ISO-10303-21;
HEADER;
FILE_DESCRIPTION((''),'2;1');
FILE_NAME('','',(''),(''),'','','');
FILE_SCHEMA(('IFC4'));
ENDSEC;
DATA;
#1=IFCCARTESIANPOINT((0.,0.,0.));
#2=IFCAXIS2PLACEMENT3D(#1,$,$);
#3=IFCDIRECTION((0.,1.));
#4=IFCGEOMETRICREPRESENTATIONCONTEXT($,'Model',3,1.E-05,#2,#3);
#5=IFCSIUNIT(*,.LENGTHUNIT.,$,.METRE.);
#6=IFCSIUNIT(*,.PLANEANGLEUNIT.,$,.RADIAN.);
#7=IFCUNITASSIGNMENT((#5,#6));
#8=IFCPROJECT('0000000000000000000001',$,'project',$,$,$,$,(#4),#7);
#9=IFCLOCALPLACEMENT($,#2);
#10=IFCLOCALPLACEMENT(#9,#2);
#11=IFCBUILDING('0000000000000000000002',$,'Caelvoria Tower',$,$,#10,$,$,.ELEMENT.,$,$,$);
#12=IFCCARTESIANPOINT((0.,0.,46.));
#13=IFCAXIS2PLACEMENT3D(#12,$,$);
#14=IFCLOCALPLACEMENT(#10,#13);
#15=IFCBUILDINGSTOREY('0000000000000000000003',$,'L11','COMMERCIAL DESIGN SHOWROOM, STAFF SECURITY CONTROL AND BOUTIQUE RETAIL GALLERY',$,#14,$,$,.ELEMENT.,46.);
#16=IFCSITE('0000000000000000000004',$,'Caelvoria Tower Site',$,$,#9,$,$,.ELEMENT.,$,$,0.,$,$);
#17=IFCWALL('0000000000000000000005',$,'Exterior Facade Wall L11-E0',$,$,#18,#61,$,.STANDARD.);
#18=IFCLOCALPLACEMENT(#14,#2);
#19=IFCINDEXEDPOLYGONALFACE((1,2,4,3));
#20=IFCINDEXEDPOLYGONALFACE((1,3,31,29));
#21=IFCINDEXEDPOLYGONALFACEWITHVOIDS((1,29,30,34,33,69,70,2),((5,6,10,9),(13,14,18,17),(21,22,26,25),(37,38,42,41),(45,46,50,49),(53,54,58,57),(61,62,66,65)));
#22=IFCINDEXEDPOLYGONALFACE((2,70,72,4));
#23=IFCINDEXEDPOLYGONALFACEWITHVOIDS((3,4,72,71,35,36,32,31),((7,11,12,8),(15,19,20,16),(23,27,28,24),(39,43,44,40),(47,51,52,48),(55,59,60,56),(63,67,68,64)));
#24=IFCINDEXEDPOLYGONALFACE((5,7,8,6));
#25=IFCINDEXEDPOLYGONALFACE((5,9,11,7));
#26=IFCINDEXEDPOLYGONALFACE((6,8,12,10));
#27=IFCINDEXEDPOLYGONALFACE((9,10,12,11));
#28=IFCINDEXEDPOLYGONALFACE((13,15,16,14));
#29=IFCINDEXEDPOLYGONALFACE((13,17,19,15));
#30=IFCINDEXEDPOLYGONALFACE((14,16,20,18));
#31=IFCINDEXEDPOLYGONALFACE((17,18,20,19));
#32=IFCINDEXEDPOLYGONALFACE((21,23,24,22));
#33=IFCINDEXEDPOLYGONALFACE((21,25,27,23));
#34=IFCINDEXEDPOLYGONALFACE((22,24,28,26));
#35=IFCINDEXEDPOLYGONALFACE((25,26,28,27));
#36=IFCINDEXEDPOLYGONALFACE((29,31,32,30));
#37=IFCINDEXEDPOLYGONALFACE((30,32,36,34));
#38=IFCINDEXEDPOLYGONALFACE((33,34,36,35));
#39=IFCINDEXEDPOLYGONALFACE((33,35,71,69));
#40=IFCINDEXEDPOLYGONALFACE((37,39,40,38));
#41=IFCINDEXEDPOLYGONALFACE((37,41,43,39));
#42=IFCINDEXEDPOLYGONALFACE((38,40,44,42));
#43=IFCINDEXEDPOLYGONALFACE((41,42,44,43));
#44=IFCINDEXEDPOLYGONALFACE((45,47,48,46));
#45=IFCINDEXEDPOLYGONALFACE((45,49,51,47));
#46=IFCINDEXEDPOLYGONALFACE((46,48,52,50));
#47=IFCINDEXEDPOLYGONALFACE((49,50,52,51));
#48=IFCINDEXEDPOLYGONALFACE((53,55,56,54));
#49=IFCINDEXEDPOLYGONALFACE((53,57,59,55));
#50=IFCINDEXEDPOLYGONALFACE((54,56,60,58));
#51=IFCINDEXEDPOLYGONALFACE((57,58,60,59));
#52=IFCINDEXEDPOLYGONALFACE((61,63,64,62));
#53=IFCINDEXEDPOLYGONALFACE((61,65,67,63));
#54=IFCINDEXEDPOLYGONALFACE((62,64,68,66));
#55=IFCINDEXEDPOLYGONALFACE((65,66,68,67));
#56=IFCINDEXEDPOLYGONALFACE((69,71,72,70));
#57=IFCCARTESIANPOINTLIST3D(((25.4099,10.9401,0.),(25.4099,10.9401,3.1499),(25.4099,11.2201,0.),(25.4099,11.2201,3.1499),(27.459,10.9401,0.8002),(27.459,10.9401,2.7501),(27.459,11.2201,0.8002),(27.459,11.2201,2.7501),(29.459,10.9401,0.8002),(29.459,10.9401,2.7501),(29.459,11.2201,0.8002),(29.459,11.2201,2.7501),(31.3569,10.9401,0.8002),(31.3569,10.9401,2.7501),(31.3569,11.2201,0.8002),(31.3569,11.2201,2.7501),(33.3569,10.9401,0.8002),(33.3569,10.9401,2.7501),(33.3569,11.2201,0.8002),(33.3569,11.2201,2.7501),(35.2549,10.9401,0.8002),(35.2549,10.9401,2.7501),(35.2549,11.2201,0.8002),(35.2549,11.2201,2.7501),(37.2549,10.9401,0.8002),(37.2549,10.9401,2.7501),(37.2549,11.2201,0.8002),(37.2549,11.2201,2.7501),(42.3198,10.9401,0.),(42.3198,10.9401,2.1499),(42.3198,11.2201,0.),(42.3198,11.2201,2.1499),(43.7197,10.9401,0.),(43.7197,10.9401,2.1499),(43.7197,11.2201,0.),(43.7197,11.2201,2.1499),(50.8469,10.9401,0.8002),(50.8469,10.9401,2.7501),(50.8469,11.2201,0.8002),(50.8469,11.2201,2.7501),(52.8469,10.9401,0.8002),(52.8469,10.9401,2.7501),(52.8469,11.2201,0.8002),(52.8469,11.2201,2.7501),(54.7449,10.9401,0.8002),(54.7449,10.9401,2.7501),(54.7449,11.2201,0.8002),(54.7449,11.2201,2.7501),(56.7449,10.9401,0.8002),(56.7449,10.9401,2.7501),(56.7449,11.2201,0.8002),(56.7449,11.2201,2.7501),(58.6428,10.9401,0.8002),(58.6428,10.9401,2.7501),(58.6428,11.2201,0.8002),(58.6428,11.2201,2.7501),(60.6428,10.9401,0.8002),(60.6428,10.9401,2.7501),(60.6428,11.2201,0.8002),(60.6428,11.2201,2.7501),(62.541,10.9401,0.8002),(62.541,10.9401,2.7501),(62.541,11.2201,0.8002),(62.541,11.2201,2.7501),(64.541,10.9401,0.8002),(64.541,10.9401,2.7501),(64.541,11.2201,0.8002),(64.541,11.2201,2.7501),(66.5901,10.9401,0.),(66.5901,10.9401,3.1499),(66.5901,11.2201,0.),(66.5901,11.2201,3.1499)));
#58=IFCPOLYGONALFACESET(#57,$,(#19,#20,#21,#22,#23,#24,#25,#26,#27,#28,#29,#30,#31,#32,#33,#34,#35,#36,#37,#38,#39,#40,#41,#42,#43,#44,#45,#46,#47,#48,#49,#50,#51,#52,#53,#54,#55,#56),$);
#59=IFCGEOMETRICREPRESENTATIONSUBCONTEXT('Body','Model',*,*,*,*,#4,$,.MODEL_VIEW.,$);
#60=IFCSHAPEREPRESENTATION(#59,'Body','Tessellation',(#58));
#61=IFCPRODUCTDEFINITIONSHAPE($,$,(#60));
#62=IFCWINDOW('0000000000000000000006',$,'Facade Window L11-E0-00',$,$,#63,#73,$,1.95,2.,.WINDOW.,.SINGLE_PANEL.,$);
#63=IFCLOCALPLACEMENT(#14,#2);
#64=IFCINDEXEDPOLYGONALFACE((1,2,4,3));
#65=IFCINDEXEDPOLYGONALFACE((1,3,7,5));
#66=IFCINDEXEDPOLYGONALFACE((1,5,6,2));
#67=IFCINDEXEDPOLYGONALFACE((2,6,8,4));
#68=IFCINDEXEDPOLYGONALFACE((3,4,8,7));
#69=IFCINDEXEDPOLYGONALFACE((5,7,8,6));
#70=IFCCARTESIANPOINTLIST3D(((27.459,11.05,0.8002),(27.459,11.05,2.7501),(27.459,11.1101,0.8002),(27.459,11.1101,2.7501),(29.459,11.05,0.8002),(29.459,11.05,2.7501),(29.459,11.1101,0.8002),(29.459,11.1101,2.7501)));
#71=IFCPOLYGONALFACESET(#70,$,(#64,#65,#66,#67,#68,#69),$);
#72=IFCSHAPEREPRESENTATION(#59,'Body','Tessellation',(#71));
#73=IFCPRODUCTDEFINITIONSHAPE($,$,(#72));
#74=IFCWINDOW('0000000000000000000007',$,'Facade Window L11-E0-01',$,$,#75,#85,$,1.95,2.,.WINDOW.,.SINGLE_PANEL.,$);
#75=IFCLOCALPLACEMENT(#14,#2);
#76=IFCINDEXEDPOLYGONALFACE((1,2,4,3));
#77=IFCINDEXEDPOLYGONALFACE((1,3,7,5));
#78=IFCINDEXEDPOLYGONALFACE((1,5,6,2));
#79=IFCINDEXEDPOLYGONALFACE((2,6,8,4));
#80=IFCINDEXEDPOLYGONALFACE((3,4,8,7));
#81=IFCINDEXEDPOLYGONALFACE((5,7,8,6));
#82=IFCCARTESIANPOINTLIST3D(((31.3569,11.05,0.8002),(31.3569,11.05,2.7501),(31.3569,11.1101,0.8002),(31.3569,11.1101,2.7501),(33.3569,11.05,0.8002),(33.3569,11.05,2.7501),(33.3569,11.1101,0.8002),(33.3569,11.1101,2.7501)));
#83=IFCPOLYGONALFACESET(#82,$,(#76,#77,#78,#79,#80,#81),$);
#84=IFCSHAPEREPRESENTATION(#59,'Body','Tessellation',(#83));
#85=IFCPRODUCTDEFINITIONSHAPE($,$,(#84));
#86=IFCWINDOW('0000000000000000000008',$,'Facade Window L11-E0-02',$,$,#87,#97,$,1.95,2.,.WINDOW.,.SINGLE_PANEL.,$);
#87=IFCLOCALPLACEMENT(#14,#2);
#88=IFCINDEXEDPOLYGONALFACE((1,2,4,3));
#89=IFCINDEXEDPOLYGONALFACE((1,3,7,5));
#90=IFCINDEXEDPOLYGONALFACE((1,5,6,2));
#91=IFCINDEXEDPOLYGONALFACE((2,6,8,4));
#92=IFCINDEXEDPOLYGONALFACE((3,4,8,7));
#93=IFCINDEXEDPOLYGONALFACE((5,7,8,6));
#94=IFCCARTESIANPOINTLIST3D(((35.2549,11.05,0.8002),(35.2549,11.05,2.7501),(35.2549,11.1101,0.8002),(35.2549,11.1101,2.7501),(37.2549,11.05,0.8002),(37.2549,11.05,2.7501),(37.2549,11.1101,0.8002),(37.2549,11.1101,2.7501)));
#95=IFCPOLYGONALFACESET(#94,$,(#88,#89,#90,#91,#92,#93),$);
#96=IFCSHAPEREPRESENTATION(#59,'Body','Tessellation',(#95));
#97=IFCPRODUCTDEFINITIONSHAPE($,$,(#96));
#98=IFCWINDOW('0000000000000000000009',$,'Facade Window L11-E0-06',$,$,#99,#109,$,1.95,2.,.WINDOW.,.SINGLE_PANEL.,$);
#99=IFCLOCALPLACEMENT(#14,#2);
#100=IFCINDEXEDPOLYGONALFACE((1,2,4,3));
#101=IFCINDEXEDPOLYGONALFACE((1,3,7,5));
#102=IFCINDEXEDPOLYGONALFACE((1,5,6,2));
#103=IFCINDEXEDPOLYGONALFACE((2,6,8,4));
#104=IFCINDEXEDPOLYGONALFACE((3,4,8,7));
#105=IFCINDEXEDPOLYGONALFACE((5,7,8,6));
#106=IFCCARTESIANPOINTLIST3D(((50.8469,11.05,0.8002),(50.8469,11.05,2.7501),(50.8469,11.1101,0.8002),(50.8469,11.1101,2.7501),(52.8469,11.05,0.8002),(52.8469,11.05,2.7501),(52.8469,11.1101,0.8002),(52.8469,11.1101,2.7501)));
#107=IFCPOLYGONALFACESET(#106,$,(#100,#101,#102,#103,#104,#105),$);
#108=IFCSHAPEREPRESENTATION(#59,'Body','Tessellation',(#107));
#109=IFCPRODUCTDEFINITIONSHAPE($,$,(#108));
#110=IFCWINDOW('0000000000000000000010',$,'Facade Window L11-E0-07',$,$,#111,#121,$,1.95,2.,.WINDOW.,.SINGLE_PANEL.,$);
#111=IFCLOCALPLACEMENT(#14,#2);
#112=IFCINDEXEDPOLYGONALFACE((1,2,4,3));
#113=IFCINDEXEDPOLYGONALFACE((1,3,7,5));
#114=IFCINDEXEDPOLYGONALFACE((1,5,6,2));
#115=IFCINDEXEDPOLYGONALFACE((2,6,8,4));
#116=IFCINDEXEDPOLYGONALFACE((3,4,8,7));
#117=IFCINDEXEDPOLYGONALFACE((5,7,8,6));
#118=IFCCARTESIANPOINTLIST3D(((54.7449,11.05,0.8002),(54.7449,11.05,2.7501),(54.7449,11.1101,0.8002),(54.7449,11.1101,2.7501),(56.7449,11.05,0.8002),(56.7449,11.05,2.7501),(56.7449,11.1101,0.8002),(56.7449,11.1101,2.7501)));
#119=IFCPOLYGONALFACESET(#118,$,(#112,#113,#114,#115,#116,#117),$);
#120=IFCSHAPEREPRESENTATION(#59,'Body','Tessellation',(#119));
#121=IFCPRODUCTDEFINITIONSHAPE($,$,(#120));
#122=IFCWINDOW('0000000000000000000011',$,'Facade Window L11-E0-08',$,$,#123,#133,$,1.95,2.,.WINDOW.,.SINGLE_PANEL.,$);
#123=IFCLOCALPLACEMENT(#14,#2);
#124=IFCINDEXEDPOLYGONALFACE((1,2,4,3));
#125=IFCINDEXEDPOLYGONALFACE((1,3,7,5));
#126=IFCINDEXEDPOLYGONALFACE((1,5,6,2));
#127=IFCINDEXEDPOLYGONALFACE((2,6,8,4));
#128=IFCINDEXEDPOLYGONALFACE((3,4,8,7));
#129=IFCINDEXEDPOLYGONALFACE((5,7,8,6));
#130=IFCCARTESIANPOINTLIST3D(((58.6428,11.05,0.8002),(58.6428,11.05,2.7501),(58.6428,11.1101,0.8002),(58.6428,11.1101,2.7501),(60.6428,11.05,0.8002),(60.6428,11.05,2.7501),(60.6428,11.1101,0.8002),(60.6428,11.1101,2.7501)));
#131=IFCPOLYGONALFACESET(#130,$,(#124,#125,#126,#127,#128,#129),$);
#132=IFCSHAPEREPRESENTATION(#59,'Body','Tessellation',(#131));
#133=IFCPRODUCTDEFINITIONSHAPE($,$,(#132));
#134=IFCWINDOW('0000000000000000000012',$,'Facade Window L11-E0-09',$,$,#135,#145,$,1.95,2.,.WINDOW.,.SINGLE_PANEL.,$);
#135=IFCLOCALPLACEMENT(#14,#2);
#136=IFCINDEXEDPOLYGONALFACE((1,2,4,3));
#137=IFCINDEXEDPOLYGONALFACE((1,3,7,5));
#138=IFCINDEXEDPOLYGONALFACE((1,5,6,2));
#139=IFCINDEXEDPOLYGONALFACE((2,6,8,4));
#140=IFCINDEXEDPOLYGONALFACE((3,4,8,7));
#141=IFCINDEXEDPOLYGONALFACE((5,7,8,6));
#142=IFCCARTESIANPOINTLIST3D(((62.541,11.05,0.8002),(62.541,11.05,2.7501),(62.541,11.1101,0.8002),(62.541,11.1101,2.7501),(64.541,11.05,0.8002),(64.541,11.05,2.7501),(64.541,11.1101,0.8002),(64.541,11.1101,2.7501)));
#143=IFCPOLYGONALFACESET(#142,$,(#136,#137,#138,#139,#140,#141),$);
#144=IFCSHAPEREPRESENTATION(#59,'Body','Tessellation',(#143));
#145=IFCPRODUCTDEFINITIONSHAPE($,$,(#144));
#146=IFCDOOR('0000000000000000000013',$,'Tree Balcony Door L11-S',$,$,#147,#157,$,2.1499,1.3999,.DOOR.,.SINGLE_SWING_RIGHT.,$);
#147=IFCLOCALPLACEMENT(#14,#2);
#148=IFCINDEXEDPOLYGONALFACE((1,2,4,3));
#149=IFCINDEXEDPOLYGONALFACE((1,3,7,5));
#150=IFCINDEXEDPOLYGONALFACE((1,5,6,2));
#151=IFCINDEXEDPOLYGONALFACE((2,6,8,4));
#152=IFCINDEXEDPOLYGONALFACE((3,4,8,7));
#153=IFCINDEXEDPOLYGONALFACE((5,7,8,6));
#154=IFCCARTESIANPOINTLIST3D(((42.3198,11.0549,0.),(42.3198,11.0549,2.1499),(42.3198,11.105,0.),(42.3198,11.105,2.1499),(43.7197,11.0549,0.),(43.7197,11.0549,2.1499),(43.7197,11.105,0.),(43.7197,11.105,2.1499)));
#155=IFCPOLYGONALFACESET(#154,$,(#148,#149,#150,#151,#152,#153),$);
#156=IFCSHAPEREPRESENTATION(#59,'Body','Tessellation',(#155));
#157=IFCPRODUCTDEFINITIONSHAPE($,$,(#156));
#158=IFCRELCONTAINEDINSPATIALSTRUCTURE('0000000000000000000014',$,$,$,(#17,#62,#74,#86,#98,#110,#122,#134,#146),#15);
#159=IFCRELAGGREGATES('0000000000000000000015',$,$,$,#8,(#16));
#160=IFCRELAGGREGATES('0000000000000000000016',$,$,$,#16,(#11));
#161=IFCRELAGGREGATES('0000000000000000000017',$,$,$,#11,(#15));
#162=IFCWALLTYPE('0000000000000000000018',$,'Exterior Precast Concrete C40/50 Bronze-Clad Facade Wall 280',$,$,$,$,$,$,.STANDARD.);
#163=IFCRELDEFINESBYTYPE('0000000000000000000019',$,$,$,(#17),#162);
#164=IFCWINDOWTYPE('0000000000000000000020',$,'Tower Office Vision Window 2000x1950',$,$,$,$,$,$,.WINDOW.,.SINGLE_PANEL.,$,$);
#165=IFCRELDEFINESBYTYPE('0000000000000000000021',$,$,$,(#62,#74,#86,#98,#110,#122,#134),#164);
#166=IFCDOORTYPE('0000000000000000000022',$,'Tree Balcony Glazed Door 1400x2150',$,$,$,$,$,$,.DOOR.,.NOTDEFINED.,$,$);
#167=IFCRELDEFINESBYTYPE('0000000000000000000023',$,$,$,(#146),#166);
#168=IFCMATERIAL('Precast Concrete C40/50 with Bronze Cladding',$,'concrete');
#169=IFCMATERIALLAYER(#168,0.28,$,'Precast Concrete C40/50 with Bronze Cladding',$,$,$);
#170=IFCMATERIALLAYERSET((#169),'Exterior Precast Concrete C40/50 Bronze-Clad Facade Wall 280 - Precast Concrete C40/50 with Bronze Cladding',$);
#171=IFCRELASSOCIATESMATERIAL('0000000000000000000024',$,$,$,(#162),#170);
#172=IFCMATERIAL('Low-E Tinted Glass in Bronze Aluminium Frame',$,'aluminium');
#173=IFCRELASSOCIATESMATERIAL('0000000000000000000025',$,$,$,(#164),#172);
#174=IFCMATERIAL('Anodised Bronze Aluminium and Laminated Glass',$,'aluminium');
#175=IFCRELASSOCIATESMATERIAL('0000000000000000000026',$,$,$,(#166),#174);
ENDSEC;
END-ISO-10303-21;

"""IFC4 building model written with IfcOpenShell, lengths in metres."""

from ifc_helpers import new_model, si_unit, direction, frame, frame_2d, origin, place, context, subcontext, project, spatial, rectangle, extrude, material, layer, layer_set, type_object, element, fill, save


model = new_model("IFC4")

# Units and contexts
model_context = context("Model", 3, precision=1e-05, world=origin(), true_north=direction((0.0, 1.0)))
body_context = subcontext(model_context, "Body", "Model", "MODEL_VIEW")
ifc_project = project(units=[si_unit("LENGTHUNIT", "METRE"), si_unit("PLANEANGLEUNIT", "RADIAN")], contexts=[model_context])

# Site, building, storey
site_placement = place(None, origin())
site = spatial("IfcSite", under=ifc_project, at=site_placement, Name="Caelvoria Tower Site", CompositionType="ELEMENT", RefElevation=0.0)
building_placement = place(site_placement, origin())
building = spatial("IfcBuilding", under=site, at=building_placement, Name="Caelvoria Tower", CompositionType="ELEMENT")
storey_placement = place(building_placement, frame((0.0, 0.0, 46.0)))
storey = spatial("IfcBuildingStorey", under=building, at=storey_placement, Name="L11", Description="COMMERCIAL DESIGN SHOWROOM, STAFF SECURITY CONTROL AND BOUTIQUE RETAIL GALLERY", CompositionType="ELEMENT", Elevation=46.0)

# Wall, openings, windows, door
ifc_material_1 = material(Name="Precast Concrete C40/50 with Bronze Cladding", Category="concrete")
ifc_layer_1 = layer(ifc_material_1, 0.28, Name="Precast Concrete C40/50 with Bronze Cladding")
ifc_layer_set_1 = layer_set([ifc_layer_1], Name="Exterior Precast Concrete C40/50 Bronze-Clad Facade Wall 280 - Precast Concrete C40/50 with Bronze Cladding")
wall_type = type_object("IfcWallType", Name="Exterior Precast Concrete C40/50 Bronze-Clad Facade Wall 280", PredefinedType="STANDARD", material=ifc_layer_set_1)
wall_placement = place(storey_placement, frame((25.4099, 11.0801, 0.0), z_axis=(0.0, 0.0, 1.0), x_axis=(1.0, 0.0, 0.0)))
wall = element("IfcWall", 1, at=wall_placement, inside=storey, type_object=wall_type, Name="Exterior Facade Wall L11-E0", PredefinedType="STANDARD", context=body_context, shape_type="SweptSolid", body=[
    extrude(rectangle(XDim=41.1802, YDim=0.28, at=frame_2d((20.5901, 0.0))), origin(), (0.0, 0.0, 1.0), 3.1499),
])
opening_1_placement = place(wall_placement, frame((16.9099, 0.0, 0.0)))
opening_1 = element("IfcOpeningElement", 2, at=opening_1_placement, cuts=wall, PredefinedType="OPENING", context=body_context, shape_type="SweptSolid", body=[
    extrude(rectangle(XDim=1.3999, YDim=2.1499, at=frame_2d((0.7, 1.075))), frame((0.0, 0.1499, 0.0), z_axis=(0.0, -1.0, 0.0), x_axis=(1.0, 0.0, 0.0)), (0.0, 0.0, 1.0), 0.3),
])
opening_2_placement = place(wall_placement, frame((2.0491, 0.0, 0.8)))
opening_2 = element("IfcOpeningElement", 3, at=opening_2_placement, cuts=wall, PredefinedType="OPENING", context=body_context, shape_type="SweptSolid", body=[
    extrude(rectangle(XDim=2.0, YDim=1.95, at=frame_2d((1.0, 0.9751))), frame((0.0, 0.1499, 0.0), z_axis=(0.0, -1.0, 0.0), x_axis=(1.0, 0.0, 0.0)), (0.0, 0.0, 1.0), 0.3),
])
opening_3_placement = place(wall_placement, frame((5.947, 0.0, 0.8)))
opening_3 = element("IfcOpeningElement", 4, at=opening_3_placement, cuts=wall, PredefinedType="OPENING", context=body_context, shape_type="SweptSolid", body=[
    extrude(rectangle(XDim=2.0, YDim=1.95, at=frame_2d((1.0, 0.9751))), frame((0.0, 0.1499, 0.0), z_axis=(0.0, -1.0, 0.0), x_axis=(1.0, 0.0, 0.0)), (0.0, 0.0, 1.0), 0.3),
])
opening_4_placement = place(wall_placement, frame((9.845, 0.0, 0.8)))
opening_4 = element("IfcOpeningElement", 5, at=opening_4_placement, cuts=wall, PredefinedType="OPENING", context=body_context, shape_type="SweptSolid", body=[
    extrude(rectangle(XDim=2.0, YDim=1.95, at=frame_2d((1.0, 0.9751))), frame((0.0, 0.1499, 0.0), z_axis=(0.0, -1.0, 0.0), x_axis=(1.0, 0.0, 0.0)), (0.0, 0.0, 1.0), 0.3),
])
opening_5_placement = place(wall_placement, frame((25.437, 0.0, 0.8)))
opening_5 = element("IfcOpeningElement", 6, at=opening_5_placement, cuts=wall, PredefinedType="OPENING", context=body_context, shape_type="SweptSolid", body=[
    extrude(rectangle(XDim=2.0, YDim=1.95, at=frame_2d((1.0, 0.9751))), frame((0.0, 0.1499, 0.0), z_axis=(0.0, -1.0, 0.0), x_axis=(1.0, 0.0, 0.0)), (0.0, 0.0, 1.0), 0.3),
])
opening_6_placement = place(wall_placement, frame((29.335, 0.0, 0.8)))
opening_6 = element("IfcOpeningElement", 7, at=opening_6_placement, cuts=wall, PredefinedType="OPENING", context=body_context, shape_type="SweptSolid", body=[
    extrude(rectangle(XDim=2.0, YDim=1.95, at=frame_2d((1.0, 0.9751))), frame((0.0, 0.1499, 0.0), z_axis=(0.0, -1.0, 0.0), x_axis=(1.0, 0.0, 0.0)), (0.0, 0.0, 1.0), 0.3),
])
opening_7_placement = place(wall_placement, frame((33.2329, 0.0, 0.8)))
opening_7 = element("IfcOpeningElement", 8, at=opening_7_placement, cuts=wall, PredefinedType="OPENING", context=body_context, shape_type="SweptSolid", body=[
    extrude(rectangle(XDim=2.0, YDim=1.95, at=frame_2d((1.0, 0.9751))), frame((0.0, 0.1499, 0.0), z_axis=(0.0, -1.0, 0.0), x_axis=(1.0, 0.0, 0.0)), (0.0, 0.0, 1.0), 0.3),
])
opening_8_placement = place(wall_placement, frame((37.1311, 0.0, 0.8)))
opening_8 = element("IfcOpeningElement", 9, at=opening_8_placement, cuts=wall, PredefinedType="OPENING", context=body_context, shape_type="SweptSolid", body=[
    extrude(rectangle(XDim=2.0, YDim=1.95, at=frame_2d((1.0, 0.9751))), frame((0.0, 0.1499, 0.0), z_axis=(0.0, -1.0, 0.0), x_axis=(1.0, 0.0, 0.0)), (0.0, 0.0, 1.0), 0.3),
])
ifc_material_2 = material(Name="Low-E Tinted Glass in Bronze Aluminium Frame", Category="aluminium")
window_type = type_object("IfcWindowType", Name="Tower Office Vision Window 2000x1950", PartitioningType="SINGLE_PANEL", PredefinedType="WINDOW", material=ifc_material_2)
window_1_placement = place(opening_2_placement, origin())
window_1 = element("IfcWindow", 10, at=window_1_placement, inside=storey, type_object=window_type, Name="Facade Window L11-E0-00", OverallHeight=1.95, OverallWidth=2.0, PartitioningType="SINGLE_PANEL", PredefinedType="WINDOW", context=body_context, shape_type="SweptSolid", body=[
    extrude(rectangle(XDim=2.0, YDim=1.95, at=frame_2d((1.0, 0.9751))), frame((0.0, 0.03, 0.0), z_axis=(0.0, -1.0, 0.0), x_axis=(1.0, 0.0, 0.0)), (0.0, 0.0, 1.0), 0.0601),
])
fill(opening_2, window_1)
window_2_placement = place(opening_3_placement, origin())
window_2 = element("IfcWindow", 11, at=window_2_placement, inside=storey, type_object=window_type, Name="Facade Window L11-E0-01", OverallHeight=1.95, OverallWidth=2.0, PartitioningType="SINGLE_PANEL", PredefinedType="WINDOW", context=body_context, shape_type="SweptSolid", body=[
    extrude(rectangle(XDim=2.0, YDim=1.95, at=frame_2d((1.0, 0.9751))), frame((0.0, 0.03, 0.0), z_axis=(0.0, -1.0, 0.0), x_axis=(1.0, 0.0, 0.0)), (0.0, 0.0, 1.0), 0.0601),
])
fill(opening_3, window_2)
window_3_placement = place(opening_4_placement, origin())
window_3 = element("IfcWindow", 12, at=window_3_placement, inside=storey, type_object=window_type, Name="Facade Window L11-E0-02", OverallHeight=1.95, OverallWidth=2.0, PartitioningType="SINGLE_PANEL", PredefinedType="WINDOW", context=body_context, shape_type="SweptSolid", body=[
    extrude(rectangle(XDim=2.0, YDim=1.95, at=frame_2d((1.0, 0.9751))), frame((0.0, 0.03, 0.0), z_axis=(0.0, -1.0, 0.0), x_axis=(1.0, 0.0, 0.0)), (0.0, 0.0, 1.0), 0.0601),
])
fill(opening_4, window_3)
window_4_placement = place(opening_5_placement, origin())
window_4 = element("IfcWindow", 13, at=window_4_placement, inside=storey, type_object=window_type, Name="Facade Window L11-E0-06", OverallHeight=1.95, OverallWidth=2.0, PartitioningType="SINGLE_PANEL", PredefinedType="WINDOW", context=body_context, shape_type="SweptSolid", body=[
    extrude(rectangle(XDim=2.0, YDim=1.95, at=frame_2d((1.0, 0.9751))), frame((0.0, 0.03, 0.0), z_axis=(0.0, -1.0, 0.0), x_axis=(1.0, 0.0, 0.0)), (0.0, 0.0, 1.0), 0.0601),
])
fill(opening_5, window_4)
window_5_placement = place(opening_6_placement, origin())
window_5 = element("IfcWindow", 14, at=window_5_placement, inside=storey, type_object=window_type, Name="Facade Window L11-E0-07", OverallHeight=1.95, OverallWidth=2.0, PartitioningType="SINGLE_PANEL", PredefinedType="WINDOW", context=body_context, shape_type="SweptSolid", body=[
    extrude(rectangle(XDim=2.0, YDim=1.95, at=frame_2d((1.0, 0.9751))), frame((0.0, 0.03, 0.0), z_axis=(0.0, -1.0, 0.0), x_axis=(1.0, 0.0, 0.0)), (0.0, 0.0, 1.0), 0.0601),
])
fill(opening_6, window_5)
window_6_placement = place(opening_7_placement, origin())
window_6 = element("IfcWindow", 15, at=window_6_placement, inside=storey, type_object=window_type, Name="Facade Window L11-E0-08", OverallHeight=1.95, OverallWidth=2.0, PartitioningType="SINGLE_PANEL", PredefinedType="WINDOW", context=body_context, shape_type="SweptSolid", body=[
    extrude(rectangle(XDim=2.0, YDim=1.95, at=frame_2d((1.0, 0.9751))), frame((0.0, 0.03, 0.0), z_axis=(0.0, -1.0, 0.0), x_axis=(1.0, 0.0, 0.0)), (0.0, 0.0, 1.0), 0.0601),
])
fill(opening_7, window_6)
window_7_placement = place(opening_8_placement, origin())
window_7 = element("IfcWindow", 16, at=window_7_placement, inside=storey, type_object=window_type, Name="Facade Window L11-E0-09", OverallHeight=1.95, OverallWidth=2.0, PartitioningType="SINGLE_PANEL", PredefinedType="WINDOW", context=body_context, shape_type="SweptSolid", body=[
    extrude(rectangle(XDim=2.0, YDim=1.95, at=frame_2d((1.0, 0.9751))), frame((0.0, 0.03, 0.0), z_axis=(0.0, -1.0, 0.0), x_axis=(1.0, 0.0, 0.0)), (0.0, 0.0, 1.0), 0.0601),
])
fill(opening_8, window_7)
ifc_material_3 = material(Name="Anodised Bronze Aluminium and Laminated Glass", Category="aluminium")
door_type = type_object("IfcDoorType", Name="Tree Balcony Glazed Door 1400x2150", OperationType="NOTDEFINED", PredefinedType="DOOR", material=ifc_material_3)
door_placement = place(opening_1_placement, origin())
door = element("IfcDoor", 17, at=door_placement, inside=storey, type_object=door_type, Name="Tree Balcony Door L11-S", OperationType="SINGLE_SWING_RIGHT", OverallHeight=2.1499, OverallWidth=1.3999, PredefinedType="DOOR", context=body_context, shape_type="SweptSolid", body=[
    extrude(rectangle(XDim=1.3999, YDim=2.1499, at=frame_2d((0.7, 1.075))), frame((0.0, 0.0249, 0.0), z_axis=(0.0, -1.0, 0.0), x_axis=(1.0, 0.0, 0.0)), (0.0, 0.0, 1.0), 0.05),
])
fill(opening_1, door)

save(model, "model.ifc")
